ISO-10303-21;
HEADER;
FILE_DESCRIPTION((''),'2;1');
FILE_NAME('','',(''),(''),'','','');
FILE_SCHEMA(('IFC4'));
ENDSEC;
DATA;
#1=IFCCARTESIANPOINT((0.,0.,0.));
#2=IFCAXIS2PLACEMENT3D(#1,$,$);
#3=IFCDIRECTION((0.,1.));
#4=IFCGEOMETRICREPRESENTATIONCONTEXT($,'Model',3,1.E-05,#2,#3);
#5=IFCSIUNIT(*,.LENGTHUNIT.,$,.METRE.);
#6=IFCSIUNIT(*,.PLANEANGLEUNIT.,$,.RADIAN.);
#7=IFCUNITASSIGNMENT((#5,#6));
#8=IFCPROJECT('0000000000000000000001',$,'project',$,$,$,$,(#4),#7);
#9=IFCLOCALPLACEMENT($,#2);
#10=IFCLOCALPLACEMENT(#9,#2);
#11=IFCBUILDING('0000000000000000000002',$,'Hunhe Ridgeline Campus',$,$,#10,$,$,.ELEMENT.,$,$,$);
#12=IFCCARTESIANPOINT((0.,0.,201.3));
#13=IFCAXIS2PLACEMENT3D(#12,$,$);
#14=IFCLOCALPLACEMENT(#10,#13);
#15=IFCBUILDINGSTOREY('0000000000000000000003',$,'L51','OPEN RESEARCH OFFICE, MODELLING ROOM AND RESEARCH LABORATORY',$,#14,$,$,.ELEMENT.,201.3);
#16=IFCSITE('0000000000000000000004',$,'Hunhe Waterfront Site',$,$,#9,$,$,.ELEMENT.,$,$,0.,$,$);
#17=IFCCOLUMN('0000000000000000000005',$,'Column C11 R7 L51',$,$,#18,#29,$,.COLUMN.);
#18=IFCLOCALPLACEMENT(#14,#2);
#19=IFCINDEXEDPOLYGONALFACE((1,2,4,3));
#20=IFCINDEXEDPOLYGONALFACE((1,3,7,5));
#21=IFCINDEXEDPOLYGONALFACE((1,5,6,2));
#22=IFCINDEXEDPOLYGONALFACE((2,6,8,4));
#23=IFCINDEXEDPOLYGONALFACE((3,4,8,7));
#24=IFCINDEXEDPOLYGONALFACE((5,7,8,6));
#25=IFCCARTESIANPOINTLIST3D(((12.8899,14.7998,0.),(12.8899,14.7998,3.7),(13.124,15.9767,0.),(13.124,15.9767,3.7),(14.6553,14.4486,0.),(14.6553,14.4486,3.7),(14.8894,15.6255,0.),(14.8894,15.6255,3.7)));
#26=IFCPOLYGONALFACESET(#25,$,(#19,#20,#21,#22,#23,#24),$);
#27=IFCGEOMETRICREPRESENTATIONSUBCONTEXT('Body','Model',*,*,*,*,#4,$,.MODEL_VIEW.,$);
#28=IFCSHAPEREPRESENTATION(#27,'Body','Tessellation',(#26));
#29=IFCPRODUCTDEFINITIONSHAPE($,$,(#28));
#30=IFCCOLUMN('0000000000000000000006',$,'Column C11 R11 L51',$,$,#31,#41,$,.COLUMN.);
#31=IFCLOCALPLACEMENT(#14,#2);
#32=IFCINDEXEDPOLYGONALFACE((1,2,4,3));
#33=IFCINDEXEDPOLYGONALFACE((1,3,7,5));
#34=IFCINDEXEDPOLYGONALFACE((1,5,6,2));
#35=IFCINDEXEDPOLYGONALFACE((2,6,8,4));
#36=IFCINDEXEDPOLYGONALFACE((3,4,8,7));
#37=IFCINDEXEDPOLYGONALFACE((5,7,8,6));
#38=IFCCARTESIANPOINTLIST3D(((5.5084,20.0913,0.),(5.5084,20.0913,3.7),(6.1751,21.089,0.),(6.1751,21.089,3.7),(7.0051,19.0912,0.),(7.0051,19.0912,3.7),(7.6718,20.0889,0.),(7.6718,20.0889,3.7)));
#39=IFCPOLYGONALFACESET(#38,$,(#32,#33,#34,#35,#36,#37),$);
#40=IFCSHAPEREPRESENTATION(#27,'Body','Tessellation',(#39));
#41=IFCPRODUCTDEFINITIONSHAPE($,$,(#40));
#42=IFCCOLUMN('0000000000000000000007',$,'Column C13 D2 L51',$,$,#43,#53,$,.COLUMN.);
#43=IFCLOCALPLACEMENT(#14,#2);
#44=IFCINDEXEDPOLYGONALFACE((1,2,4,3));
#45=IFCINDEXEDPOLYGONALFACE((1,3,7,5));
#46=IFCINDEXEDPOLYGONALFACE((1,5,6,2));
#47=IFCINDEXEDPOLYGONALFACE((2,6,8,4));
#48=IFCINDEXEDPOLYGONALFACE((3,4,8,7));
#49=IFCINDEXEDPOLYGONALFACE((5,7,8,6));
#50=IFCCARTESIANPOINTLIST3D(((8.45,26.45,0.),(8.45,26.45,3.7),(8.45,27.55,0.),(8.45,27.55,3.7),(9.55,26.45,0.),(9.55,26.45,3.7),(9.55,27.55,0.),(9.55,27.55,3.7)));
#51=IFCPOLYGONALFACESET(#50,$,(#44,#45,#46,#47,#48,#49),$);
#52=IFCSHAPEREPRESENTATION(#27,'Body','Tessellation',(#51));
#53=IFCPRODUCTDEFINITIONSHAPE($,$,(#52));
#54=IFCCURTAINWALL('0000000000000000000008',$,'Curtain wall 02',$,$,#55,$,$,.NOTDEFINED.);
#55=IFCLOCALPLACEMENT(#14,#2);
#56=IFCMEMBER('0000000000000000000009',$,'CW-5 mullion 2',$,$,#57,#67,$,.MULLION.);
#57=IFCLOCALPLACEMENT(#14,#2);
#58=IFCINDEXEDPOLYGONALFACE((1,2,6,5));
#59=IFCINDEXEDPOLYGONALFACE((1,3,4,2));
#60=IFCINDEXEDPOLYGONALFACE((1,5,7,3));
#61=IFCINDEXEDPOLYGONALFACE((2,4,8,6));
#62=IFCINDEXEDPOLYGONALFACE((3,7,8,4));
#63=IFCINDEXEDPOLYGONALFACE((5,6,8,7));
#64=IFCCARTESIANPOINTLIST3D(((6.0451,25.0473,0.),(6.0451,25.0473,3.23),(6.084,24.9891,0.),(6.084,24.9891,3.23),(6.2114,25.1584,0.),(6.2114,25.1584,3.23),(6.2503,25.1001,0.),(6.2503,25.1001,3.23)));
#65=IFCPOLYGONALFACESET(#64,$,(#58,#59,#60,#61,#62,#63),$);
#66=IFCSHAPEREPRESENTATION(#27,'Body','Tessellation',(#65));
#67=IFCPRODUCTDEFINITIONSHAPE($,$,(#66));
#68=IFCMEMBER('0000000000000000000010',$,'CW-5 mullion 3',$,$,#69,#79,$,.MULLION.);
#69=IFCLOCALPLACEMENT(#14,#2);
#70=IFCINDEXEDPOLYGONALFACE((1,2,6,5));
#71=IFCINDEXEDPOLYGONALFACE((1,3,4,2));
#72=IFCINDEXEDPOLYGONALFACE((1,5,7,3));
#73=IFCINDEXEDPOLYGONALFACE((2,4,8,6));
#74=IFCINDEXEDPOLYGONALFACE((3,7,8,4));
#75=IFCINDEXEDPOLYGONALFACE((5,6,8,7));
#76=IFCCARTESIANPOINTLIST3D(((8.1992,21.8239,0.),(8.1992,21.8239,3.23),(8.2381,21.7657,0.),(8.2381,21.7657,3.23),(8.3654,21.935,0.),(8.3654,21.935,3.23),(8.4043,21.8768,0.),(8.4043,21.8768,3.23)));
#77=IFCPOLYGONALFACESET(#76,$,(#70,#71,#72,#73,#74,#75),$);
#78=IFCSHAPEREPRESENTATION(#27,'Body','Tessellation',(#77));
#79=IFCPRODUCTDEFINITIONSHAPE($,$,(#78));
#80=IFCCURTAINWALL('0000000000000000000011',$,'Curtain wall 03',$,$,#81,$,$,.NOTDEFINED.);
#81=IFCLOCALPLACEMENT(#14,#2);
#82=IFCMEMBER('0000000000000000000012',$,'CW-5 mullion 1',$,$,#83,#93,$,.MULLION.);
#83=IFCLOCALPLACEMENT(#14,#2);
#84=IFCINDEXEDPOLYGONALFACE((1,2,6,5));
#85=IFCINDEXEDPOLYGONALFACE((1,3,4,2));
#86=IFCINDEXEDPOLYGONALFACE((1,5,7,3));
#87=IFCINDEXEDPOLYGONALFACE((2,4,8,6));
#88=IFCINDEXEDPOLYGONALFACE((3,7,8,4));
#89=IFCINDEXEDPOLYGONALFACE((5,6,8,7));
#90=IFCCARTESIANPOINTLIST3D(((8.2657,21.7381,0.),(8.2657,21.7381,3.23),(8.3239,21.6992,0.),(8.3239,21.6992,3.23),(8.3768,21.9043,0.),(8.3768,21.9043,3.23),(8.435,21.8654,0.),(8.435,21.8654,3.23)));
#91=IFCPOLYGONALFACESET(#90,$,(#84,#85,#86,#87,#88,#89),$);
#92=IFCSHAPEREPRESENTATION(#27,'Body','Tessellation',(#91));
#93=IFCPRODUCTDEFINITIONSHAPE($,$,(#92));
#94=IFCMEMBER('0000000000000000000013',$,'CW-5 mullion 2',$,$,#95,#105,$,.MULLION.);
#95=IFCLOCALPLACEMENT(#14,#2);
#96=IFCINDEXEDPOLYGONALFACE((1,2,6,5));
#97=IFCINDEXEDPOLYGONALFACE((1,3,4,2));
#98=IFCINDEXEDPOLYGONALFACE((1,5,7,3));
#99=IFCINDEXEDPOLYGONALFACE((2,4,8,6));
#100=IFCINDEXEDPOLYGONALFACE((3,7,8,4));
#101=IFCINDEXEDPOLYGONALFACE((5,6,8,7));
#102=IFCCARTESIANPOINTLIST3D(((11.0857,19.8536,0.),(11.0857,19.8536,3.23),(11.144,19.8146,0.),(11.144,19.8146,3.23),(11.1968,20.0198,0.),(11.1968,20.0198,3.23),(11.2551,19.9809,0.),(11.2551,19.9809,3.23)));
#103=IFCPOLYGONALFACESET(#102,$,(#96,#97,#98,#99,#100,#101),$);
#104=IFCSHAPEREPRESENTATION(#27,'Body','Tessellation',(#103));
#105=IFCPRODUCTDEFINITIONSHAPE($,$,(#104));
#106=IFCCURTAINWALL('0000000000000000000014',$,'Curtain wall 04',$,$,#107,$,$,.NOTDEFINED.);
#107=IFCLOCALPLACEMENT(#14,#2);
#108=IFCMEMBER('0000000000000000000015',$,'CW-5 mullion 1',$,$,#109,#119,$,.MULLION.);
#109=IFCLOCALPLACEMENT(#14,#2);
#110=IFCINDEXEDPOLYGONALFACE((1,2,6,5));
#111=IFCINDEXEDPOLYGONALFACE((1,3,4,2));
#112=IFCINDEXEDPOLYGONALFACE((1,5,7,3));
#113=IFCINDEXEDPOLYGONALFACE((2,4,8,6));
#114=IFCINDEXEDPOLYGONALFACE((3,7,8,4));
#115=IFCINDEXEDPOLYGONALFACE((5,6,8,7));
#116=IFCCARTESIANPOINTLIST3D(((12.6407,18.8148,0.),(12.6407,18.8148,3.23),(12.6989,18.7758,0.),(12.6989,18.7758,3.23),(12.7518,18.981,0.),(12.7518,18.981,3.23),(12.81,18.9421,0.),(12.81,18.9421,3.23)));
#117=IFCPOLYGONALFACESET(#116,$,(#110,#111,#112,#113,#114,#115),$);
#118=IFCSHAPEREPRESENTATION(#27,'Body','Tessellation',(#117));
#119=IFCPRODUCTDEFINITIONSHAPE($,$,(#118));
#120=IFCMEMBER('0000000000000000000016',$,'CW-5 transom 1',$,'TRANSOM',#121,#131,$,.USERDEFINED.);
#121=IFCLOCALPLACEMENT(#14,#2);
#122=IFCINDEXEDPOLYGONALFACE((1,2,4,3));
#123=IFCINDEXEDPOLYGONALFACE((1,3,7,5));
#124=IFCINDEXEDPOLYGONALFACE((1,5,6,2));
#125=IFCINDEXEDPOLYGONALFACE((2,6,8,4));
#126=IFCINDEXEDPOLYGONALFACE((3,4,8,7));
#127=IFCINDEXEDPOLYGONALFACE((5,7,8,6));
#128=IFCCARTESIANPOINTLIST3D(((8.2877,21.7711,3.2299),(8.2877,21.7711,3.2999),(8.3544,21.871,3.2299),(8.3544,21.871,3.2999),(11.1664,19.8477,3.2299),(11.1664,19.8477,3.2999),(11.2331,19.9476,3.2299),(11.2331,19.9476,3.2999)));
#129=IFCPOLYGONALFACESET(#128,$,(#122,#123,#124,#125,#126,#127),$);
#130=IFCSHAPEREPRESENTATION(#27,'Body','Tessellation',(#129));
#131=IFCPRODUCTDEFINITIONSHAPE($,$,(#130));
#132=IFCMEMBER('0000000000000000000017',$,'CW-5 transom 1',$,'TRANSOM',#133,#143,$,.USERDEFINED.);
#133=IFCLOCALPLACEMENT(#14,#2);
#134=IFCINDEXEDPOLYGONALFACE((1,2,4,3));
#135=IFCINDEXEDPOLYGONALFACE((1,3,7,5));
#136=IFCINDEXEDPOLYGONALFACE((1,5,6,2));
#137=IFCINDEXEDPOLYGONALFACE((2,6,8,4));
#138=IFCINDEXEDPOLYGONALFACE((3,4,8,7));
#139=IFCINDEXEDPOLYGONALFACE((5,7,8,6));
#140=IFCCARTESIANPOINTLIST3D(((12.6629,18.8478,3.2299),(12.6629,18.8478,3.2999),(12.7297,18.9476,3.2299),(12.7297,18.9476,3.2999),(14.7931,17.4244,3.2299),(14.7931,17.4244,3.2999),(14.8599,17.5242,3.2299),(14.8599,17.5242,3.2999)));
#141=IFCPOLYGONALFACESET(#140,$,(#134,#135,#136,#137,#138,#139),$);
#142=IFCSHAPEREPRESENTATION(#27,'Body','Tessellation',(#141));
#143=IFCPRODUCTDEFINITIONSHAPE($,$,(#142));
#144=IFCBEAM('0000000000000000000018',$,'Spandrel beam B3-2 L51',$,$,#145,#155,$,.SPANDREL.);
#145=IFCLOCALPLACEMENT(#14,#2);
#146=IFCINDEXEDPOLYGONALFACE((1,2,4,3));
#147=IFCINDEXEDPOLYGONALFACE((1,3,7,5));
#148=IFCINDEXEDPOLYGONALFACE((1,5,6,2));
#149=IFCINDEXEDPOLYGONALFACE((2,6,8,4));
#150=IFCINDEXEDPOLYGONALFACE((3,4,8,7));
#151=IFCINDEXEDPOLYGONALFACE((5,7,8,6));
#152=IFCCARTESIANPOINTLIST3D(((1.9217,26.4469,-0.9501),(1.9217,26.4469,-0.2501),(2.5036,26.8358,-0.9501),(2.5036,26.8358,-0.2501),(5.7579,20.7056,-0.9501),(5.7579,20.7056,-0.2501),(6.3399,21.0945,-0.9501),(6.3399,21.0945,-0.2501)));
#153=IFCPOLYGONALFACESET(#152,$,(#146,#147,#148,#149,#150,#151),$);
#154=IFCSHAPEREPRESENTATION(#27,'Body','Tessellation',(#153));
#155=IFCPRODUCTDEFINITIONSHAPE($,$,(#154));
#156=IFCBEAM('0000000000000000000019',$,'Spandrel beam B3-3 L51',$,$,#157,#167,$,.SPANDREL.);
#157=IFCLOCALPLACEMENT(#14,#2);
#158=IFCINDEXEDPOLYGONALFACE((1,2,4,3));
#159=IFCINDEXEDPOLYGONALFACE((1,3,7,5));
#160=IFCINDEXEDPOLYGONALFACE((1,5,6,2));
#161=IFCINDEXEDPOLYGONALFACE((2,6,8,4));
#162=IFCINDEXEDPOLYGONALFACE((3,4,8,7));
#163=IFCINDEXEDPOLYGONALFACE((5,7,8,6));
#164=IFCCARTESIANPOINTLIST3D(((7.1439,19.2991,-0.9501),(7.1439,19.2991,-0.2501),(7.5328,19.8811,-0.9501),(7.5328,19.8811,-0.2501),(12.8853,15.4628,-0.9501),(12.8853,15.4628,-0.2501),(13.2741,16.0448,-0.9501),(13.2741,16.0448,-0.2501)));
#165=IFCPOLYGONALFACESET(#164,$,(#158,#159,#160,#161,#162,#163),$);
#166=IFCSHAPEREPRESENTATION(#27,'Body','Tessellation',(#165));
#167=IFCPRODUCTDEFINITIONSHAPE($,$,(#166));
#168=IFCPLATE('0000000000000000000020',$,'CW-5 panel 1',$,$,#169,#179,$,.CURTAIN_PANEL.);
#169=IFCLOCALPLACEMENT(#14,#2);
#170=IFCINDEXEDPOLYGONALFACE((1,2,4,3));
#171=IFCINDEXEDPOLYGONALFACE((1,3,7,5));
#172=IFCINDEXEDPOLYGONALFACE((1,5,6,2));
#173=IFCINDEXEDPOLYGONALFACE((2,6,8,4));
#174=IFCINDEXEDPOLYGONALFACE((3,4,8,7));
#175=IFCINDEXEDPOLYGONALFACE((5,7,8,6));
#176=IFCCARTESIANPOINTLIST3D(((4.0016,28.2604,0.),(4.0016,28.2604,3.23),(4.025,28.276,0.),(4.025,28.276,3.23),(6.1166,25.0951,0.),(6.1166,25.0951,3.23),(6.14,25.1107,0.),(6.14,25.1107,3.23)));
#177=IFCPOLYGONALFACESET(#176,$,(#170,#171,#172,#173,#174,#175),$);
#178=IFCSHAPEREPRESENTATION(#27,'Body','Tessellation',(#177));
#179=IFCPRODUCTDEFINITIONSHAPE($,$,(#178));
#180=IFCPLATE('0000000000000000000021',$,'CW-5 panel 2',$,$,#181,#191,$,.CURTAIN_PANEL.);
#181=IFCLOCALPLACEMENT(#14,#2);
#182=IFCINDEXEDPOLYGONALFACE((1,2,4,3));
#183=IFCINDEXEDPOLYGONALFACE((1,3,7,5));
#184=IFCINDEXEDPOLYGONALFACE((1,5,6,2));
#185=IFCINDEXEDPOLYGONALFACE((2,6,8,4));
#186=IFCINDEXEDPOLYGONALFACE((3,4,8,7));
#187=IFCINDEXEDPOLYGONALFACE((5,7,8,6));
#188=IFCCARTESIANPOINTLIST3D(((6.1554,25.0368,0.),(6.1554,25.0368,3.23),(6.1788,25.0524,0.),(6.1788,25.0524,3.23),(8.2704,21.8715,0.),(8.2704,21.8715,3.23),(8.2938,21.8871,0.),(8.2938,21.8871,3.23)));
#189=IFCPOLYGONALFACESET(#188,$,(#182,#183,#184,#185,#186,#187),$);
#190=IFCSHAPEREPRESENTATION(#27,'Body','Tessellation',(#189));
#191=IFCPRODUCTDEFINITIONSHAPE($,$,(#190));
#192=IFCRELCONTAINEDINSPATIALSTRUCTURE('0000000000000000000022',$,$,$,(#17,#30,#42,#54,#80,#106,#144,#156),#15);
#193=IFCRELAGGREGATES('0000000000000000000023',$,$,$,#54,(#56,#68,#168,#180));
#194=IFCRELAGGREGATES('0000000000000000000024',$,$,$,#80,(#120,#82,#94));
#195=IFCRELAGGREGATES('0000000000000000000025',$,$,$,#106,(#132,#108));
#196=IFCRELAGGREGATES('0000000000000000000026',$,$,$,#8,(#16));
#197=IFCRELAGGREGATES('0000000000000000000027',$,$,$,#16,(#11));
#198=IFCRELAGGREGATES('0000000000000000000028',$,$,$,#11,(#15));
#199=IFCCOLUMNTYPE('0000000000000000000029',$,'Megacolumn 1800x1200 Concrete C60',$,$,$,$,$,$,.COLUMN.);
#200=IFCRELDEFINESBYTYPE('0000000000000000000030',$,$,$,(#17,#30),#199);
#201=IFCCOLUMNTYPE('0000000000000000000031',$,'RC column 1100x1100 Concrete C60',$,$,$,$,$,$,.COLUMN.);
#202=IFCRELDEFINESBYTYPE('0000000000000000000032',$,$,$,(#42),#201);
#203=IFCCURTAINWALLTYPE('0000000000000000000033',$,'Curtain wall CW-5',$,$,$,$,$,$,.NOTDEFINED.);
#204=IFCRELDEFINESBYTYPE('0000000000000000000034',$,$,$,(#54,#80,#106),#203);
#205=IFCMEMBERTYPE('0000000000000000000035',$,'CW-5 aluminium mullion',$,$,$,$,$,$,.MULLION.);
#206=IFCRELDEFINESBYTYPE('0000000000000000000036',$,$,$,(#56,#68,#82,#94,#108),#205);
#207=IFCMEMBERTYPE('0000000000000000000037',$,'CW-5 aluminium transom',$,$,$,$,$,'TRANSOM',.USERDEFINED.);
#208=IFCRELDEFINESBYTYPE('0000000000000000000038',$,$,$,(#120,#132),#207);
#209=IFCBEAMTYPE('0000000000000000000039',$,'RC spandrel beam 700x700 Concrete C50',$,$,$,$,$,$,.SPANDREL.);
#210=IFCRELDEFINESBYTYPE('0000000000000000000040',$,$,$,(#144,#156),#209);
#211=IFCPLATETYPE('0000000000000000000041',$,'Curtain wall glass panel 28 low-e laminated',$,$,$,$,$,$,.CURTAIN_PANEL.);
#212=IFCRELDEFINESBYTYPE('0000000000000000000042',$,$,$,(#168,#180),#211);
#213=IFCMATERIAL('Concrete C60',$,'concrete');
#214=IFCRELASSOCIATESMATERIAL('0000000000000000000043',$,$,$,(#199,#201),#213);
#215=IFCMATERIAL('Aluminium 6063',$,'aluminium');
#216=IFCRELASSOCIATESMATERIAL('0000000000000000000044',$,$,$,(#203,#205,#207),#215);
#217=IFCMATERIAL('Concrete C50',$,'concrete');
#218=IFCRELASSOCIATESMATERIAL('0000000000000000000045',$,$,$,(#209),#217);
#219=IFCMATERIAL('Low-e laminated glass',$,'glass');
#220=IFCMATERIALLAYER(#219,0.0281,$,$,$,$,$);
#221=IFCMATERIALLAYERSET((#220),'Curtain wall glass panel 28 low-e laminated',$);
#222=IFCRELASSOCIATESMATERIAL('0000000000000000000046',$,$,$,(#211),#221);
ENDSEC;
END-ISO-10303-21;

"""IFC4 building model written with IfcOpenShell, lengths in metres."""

from ifc_helpers import new_model, si_unit, direction, frame, origin, origin_2d, place, context, subcontext, project, spatial, rectangle, extrude, material, layer, layer_set, material_profile, profile_set, type_object, element, aggregate, save


model = new_model("IFC4")

# Units and contexts
model_context = context("Model", 3, precision=1e-05, world=origin(), true_north=direction((0.0, 1.0)))
body_context = subcontext(model_context, "Body", "Model", "MODEL_VIEW")
ifc_project = project(units=[si_unit("LENGTHUNIT", "METRE"), si_unit("PLANEANGLEUNIT", "RADIAN")], contexts=[model_context])

# Site, building, storey
site_placement = place(None, origin())
site = spatial("IfcSite", under=ifc_project, at=site_placement, Name="Hunhe Waterfront Site", CompositionType="ELEMENT", RefElevation=0.0)
building_placement = place(site_placement, origin())
building = spatial("IfcBuilding", under=site, at=building_placement, Name="Hunhe Ridgeline Campus", CompositionType="ELEMENT")
storey_placement = place(building_placement, frame((0.0, 0.0, 201.3)))
storey = spatial("IfcBuildingStorey", under=building, at=storey_placement, Name="L51", Description="OPEN RESEARCH OFFICE, MODELLING ROOM AND RESEARCH LABORATORY", CompositionType="ELEMENT", Elevation=201.3)

# Columns
ifc_material_1 = material(Name="Concrete C60", Category="concrete")
ifc_material_profile_1 = material_profile(ifc_material_1, rectangle(XDim=1.8, YDim=1.2, at=origin_2d()))
ifc_profile_set_1 = profile_set([ifc_material_profile_1], Name="Concrete C60")
column_type_1 = type_object("IfcColumnType", Name="Megacolumn 1800x1200 Concrete C60", PredefinedType="COLUMN", material=ifc_profile_set_1)
for number, where, z_axis, x_axis, name in (
    (1, (13.8896, 15.2126, 0.0), (0.0, 0.0, 1.0), (-0.980785, 0.19509, 0.0), "Column C11 R7 L51"),
    (2, (6.5901, 20.0901, 0.0), (0.0, 0.0, 1.0), (-0.83147, 0.55557, 0.0), "Column C11 R11 L51"),
):
    element("IfcColumn", number, at=place(storey_placement, frame(where, z_axis=z_axis, x_axis=x_axis)), inside=storey, type_object=column_type_1, Name=name, PredefinedType="COLUMN", context=body_context, shape_type="SweptSolid", body=[
        extrude(rectangle(XDim=1.8, YDim=1.2, at=origin_2d()), origin(), (0.0, 0.0, 1.0), 3.7),
    ])
ifc_material_profile_2 = material_profile(ifc_material_1, rectangle(XDim=1.1001, YDim=1.1001, at=origin_2d()))
ifc_profile_set_2 = profile_set([ifc_material_profile_2], Name="Concrete C60")
column_type_2 = type_object("IfcColumnType", Name="RC column 1100x1100 Concrete C60", PredefinedType="COLUMN", material=ifc_profile_set_2)
column_placement = place(storey_placement, frame((9.0, 27.0, 0.0), z_axis=(0.0, 0.0, 1.0), x_axis=(1.0, 0.0, 0.0)))
element("IfcColumn", 3, at=column_placement, inside=storey, type_object=column_type_2, Name="Column C13 D2 L51", PredefinedType="COLUMN", context=body_context, shape_type="SweptSolid", body=[
    extrude(rectangle(XDim=1.1001, YDim=1.1001, at=origin_2d()), origin(), (0.0, 0.0, 1.0), 3.7),
])

# Curtain walls, members
ifc_material_2 = material(Name="Aluminium 6063", Category="aluminium")
curtain_wall_type = type_object("IfcCurtainWallType", Name="Curtain wall CW-5", PredefinedType="NOTDEFINED", material=ifc_material_2)
curtain_wall_1_placement = place(storey_placement, origin())
curtain_wall_1 = element("IfcCurtainWall", 4, at=curtain_wall_1_placement, inside=storey, type_object=curtain_wall_type, Name="Curtain wall 02", PredefinedType="NOTDEFINED")
ifc_material_profile_3 = material_profile(ifc_material_2, rectangle(XDim=0.2, YDim=0.0701, at=origin_2d()))
ifc_profile_set_3 = profile_set([ifc_material_profile_3], Name="Aluminium 6063")
member_type_1 = type_object("IfcMemberType", Name="CW-5 aluminium mullion", PredefinedType="MULLION", material=ifc_profile_set_3)
member_1_placement = place(storey_placement, frame((6.1477, 25.0737, 0.0), z_axis=(0.0, 0.0, 1.0), x_axis=(0.83147, 0.55557, 0.0)))
member_1 = element("IfcMember", 5, at=member_1_placement, type_object=member_type_1, Name="CW-5 mullion 2", PredefinedType="MULLION", context=body_context, shape_type="SweptSolid", body=[
    extrude(rectangle(XDim=0.2, YDim=0.0701, at=origin_2d()), origin(), (0.0, 0.0, 1.0), 3.23),
])
member_2_placement = place(storey_placement, frame((8.3018, 21.8503, 0.0), z_axis=(0.0, 0.0, 1.0), x_axis=(0.83147, 0.55557, 0.0)))
member_2 = element("IfcMember", 6, at=member_2_placement, type_object=member_type_1, Name="CW-5 mullion 3", PredefinedType="MULLION", context=body_context, shape_type="SweptSolid", body=[
    extrude(rectangle(XDim=0.2, YDim=0.0701, at=origin_2d()), origin(), (0.0, 0.0, 1.0), 3.23),
])
curtain_wall_2_placement = place(storey_placement, origin())
curtain_wall_2 = element("IfcCurtainWall", 7, at=curtain_wall_2_placement, inside=storey, type_object=curtain_wall_type, Name="Curtain wall 03", PredefinedType="NOTDEFINED")
member_3_placement = place(storey_placement, frame((8.3503, 21.8018, 0.0), z_axis=(0.0, 0.0, 1.0), x_axis=(0.55557, 0.83147, 0.0)))
member_3 = element("IfcMember", 8, at=member_3_placement, type_object=member_type_1, Name="CW-5 mullion 1", PredefinedType="MULLION", context=body_context, shape_type="SweptSolid", body=[
    extrude(rectangle(XDim=0.2, YDim=0.0701, at=origin_2d()), origin(), (0.0, 0.0, 1.0), 3.23),
])
member_4_placement = place(storey_placement, frame((11.1704, 19.9172, 0.0), z_axis=(0.0, 0.0, 1.0), x_axis=(0.55557, 0.83147, 0.0)))
member_4 = element("IfcMember", 9, at=member_4_placement, type_object=member_type_1, Name="CW-5 mullion 2", PredefinedType="MULLION", context=body_context, shape_type="SweptSolid", body=[
    extrude(rectangle(XDim=0.2, YDim=0.0701, at=origin_2d()), origin(), (0.0, 0.0, 1.0), 3.23),
])

# Curtain wall, member
curtain_wall_3_placement = place(storey_placement, origin())
curtain_wall_3 = element("IfcCurtainWall", 10, at=curtain_wall_3_placement, inside=storey, type_object=curtain_wall_type, Name="Curtain wall 04", PredefinedType="NOTDEFINED")
member_5_placement = place(storey_placement, frame((12.7253, 18.8784, 0.0), z_axis=(0.0, 0.0, 1.0), x_axis=(0.55557, 0.83147, 0.0)))
member_5 = element("IfcMember", 11, at=member_5_placement, type_object=member_type_1, Name="CW-5 mullion 1", PredefinedType="MULLION", context=body_context, shape_type="SweptSolid", body=[
    extrude(rectangle(XDim=0.2, YDim=0.0701, at=origin_2d()), origin(), (0.0, 0.0, 1.0), 3.23),
])

# Members
ifc_material_profile_4 = material_profile(ifc_material_2, rectangle(XDim=0.1201, YDim=0.0701, at=origin_2d()))
ifc_profile_set_4 = profile_set([ifc_material_profile_4], Name="Aluminium 6063")
member_type_2 = type_object("IfcMemberType", Name="CW-5 aluminium transom", ElementType="TRANSOM", PredefinedType="USERDEFINED", material=ifc_profile_set_4)
member_6_placement = place(storey_placement, frame((8.321, 21.821, 3.2649), z_axis=(0.831486, -0.555546, 0.0), x_axis=(0.555546, 0.831486, 0.0)))
member_6 = element("IfcMember", 12, at=member_6_placement, type_object=member_type_2, Name="CW-5 transom 1", ObjectType="TRANSOM", PredefinedType="USERDEFINED", context=body_context, shape_type="SweptSolid", body=[
    extrude(rectangle(XDim=0.1201, YDim=0.0701, at=origin_2d()), origin(), (0.0, 0.0, 1.0), 3.4622),
])
member_7_placement = place(storey_placement, frame((12.6963, 18.8977, 3.2649), z_axis=(0.831463, -0.55558, 0.0), x_axis=(0.55558, 0.831463, 0.0)))
member_7 = element("IfcMember", 13, at=member_7_placement, type_object=member_type_2, Name="CW-5 transom 1", ObjectType="TRANSOM", PredefinedType="USERDEFINED", context=body_context, shape_type="SweptSolid", body=[
    extrude(rectangle(XDim=0.1201, YDim=0.0701, at=origin_2d()), origin(), (0.0, 0.0, 1.0), 2.562),
])

# Beams
ifc_material_3 = material(Name="Concrete C50", Category="concrete")
ifc_material_profile_5 = material_profile(ifc_material_3, rectangle(XDim=0.7, YDim=0.7, at=origin_2d()))
ifc_profile_set_5 = profile_set([ifc_material_profile_5], Name="Concrete C50")
beam_type = type_object("IfcBeamType", Name="RC spandrel beam 700x700 Concrete C50", PredefinedType="SPANDREL", material=ifc_profile_set_5)
for number, where, z_axis, x_axis, name in (
    (14, (2.2126, 26.6414, -0.6001), (0.555573, -0.831468, 0.0), (0.831468, 0.555573, 0.0), "Spandrel beam B3-2 L51"),
    (15, (7.3384, 19.5901, -0.6001), (0.831468, -0.555573, 0.0), (0.555573, 0.831468, 0.0), "Spandrel beam B3-3 L51"),
):
    element("IfcBeam", number, at=place(storey_placement, frame(where, z_axis=z_axis, x_axis=x_axis)), inside=storey, type_object=beam_type, Name=name, PredefinedType="SPANDREL", context=body_context, shape_type="SweptSolid", body=[
        extrude(rectangle(XDim=0.7, YDim=0.7, at=origin_2d()), origin(), (0.0, 0.0, 1.0), 6.905),
    ])

# Plates
ifc_material_4 = material(Name="Low-e laminated glass", Category="glass")
ifc_layer_1 = layer(ifc_material_4, 0.0281)
ifc_layer_set_1 = layer_set([ifc_layer_1], Name="Curtain wall glass panel 28 low-e laminated")
plate_type = type_object("IfcPlateType", Name="Curtain wall glass panel 28 low-e laminated", PredefinedType="CURTAIN_PANEL", material=ifc_layer_set_1)
plate_1_placement = place(storey_placement, frame((5.0708, 26.6855, 0.0), z_axis=(0.0, 0.0, 1.0), x_axis=(0.55557, -0.83147, 0.0)))
plate_1 = element("IfcPlate", 16, at=plate_1_placement, type_object=plate_type, Name="CW-5 panel 1", PredefinedType="CURTAIN_PANEL", context=body_context, shape_type="SweptSolid", body=[
    extrude(rectangle(XDim=3.8069, YDim=0.0281, at=origin_2d()), origin(), (0.0, 0.0, 1.0), 3.23),
])
plate_2_placement = place(storey_placement, frame((7.2246, 23.4619, 0.0), z_axis=(0.0, 0.0, 1.0), x_axis=(0.55557, -0.83147, 0.0)))
plate_2 = element("IfcPlate", 17, at=plate_2_placement, type_object=plate_type, Name="CW-5 panel 2", PredefinedType="CURTAIN_PANEL", context=body_context, shape_type="SweptSolid", body=[
    extrude(rectangle(XDim=3.8069, YDim=0.0281, at=origin_2d()), origin(), (0.0, 0.0, 1.0), 3.23),
])
aggregate(curtain_wall_1, [member_1, member_2, plate_1, plate_2])
aggregate(curtain_wall_2, [member_6, member_3, member_4])
aggregate(curtain_wall_3, [member_7, member_5])

save(model, "model.ifc")
